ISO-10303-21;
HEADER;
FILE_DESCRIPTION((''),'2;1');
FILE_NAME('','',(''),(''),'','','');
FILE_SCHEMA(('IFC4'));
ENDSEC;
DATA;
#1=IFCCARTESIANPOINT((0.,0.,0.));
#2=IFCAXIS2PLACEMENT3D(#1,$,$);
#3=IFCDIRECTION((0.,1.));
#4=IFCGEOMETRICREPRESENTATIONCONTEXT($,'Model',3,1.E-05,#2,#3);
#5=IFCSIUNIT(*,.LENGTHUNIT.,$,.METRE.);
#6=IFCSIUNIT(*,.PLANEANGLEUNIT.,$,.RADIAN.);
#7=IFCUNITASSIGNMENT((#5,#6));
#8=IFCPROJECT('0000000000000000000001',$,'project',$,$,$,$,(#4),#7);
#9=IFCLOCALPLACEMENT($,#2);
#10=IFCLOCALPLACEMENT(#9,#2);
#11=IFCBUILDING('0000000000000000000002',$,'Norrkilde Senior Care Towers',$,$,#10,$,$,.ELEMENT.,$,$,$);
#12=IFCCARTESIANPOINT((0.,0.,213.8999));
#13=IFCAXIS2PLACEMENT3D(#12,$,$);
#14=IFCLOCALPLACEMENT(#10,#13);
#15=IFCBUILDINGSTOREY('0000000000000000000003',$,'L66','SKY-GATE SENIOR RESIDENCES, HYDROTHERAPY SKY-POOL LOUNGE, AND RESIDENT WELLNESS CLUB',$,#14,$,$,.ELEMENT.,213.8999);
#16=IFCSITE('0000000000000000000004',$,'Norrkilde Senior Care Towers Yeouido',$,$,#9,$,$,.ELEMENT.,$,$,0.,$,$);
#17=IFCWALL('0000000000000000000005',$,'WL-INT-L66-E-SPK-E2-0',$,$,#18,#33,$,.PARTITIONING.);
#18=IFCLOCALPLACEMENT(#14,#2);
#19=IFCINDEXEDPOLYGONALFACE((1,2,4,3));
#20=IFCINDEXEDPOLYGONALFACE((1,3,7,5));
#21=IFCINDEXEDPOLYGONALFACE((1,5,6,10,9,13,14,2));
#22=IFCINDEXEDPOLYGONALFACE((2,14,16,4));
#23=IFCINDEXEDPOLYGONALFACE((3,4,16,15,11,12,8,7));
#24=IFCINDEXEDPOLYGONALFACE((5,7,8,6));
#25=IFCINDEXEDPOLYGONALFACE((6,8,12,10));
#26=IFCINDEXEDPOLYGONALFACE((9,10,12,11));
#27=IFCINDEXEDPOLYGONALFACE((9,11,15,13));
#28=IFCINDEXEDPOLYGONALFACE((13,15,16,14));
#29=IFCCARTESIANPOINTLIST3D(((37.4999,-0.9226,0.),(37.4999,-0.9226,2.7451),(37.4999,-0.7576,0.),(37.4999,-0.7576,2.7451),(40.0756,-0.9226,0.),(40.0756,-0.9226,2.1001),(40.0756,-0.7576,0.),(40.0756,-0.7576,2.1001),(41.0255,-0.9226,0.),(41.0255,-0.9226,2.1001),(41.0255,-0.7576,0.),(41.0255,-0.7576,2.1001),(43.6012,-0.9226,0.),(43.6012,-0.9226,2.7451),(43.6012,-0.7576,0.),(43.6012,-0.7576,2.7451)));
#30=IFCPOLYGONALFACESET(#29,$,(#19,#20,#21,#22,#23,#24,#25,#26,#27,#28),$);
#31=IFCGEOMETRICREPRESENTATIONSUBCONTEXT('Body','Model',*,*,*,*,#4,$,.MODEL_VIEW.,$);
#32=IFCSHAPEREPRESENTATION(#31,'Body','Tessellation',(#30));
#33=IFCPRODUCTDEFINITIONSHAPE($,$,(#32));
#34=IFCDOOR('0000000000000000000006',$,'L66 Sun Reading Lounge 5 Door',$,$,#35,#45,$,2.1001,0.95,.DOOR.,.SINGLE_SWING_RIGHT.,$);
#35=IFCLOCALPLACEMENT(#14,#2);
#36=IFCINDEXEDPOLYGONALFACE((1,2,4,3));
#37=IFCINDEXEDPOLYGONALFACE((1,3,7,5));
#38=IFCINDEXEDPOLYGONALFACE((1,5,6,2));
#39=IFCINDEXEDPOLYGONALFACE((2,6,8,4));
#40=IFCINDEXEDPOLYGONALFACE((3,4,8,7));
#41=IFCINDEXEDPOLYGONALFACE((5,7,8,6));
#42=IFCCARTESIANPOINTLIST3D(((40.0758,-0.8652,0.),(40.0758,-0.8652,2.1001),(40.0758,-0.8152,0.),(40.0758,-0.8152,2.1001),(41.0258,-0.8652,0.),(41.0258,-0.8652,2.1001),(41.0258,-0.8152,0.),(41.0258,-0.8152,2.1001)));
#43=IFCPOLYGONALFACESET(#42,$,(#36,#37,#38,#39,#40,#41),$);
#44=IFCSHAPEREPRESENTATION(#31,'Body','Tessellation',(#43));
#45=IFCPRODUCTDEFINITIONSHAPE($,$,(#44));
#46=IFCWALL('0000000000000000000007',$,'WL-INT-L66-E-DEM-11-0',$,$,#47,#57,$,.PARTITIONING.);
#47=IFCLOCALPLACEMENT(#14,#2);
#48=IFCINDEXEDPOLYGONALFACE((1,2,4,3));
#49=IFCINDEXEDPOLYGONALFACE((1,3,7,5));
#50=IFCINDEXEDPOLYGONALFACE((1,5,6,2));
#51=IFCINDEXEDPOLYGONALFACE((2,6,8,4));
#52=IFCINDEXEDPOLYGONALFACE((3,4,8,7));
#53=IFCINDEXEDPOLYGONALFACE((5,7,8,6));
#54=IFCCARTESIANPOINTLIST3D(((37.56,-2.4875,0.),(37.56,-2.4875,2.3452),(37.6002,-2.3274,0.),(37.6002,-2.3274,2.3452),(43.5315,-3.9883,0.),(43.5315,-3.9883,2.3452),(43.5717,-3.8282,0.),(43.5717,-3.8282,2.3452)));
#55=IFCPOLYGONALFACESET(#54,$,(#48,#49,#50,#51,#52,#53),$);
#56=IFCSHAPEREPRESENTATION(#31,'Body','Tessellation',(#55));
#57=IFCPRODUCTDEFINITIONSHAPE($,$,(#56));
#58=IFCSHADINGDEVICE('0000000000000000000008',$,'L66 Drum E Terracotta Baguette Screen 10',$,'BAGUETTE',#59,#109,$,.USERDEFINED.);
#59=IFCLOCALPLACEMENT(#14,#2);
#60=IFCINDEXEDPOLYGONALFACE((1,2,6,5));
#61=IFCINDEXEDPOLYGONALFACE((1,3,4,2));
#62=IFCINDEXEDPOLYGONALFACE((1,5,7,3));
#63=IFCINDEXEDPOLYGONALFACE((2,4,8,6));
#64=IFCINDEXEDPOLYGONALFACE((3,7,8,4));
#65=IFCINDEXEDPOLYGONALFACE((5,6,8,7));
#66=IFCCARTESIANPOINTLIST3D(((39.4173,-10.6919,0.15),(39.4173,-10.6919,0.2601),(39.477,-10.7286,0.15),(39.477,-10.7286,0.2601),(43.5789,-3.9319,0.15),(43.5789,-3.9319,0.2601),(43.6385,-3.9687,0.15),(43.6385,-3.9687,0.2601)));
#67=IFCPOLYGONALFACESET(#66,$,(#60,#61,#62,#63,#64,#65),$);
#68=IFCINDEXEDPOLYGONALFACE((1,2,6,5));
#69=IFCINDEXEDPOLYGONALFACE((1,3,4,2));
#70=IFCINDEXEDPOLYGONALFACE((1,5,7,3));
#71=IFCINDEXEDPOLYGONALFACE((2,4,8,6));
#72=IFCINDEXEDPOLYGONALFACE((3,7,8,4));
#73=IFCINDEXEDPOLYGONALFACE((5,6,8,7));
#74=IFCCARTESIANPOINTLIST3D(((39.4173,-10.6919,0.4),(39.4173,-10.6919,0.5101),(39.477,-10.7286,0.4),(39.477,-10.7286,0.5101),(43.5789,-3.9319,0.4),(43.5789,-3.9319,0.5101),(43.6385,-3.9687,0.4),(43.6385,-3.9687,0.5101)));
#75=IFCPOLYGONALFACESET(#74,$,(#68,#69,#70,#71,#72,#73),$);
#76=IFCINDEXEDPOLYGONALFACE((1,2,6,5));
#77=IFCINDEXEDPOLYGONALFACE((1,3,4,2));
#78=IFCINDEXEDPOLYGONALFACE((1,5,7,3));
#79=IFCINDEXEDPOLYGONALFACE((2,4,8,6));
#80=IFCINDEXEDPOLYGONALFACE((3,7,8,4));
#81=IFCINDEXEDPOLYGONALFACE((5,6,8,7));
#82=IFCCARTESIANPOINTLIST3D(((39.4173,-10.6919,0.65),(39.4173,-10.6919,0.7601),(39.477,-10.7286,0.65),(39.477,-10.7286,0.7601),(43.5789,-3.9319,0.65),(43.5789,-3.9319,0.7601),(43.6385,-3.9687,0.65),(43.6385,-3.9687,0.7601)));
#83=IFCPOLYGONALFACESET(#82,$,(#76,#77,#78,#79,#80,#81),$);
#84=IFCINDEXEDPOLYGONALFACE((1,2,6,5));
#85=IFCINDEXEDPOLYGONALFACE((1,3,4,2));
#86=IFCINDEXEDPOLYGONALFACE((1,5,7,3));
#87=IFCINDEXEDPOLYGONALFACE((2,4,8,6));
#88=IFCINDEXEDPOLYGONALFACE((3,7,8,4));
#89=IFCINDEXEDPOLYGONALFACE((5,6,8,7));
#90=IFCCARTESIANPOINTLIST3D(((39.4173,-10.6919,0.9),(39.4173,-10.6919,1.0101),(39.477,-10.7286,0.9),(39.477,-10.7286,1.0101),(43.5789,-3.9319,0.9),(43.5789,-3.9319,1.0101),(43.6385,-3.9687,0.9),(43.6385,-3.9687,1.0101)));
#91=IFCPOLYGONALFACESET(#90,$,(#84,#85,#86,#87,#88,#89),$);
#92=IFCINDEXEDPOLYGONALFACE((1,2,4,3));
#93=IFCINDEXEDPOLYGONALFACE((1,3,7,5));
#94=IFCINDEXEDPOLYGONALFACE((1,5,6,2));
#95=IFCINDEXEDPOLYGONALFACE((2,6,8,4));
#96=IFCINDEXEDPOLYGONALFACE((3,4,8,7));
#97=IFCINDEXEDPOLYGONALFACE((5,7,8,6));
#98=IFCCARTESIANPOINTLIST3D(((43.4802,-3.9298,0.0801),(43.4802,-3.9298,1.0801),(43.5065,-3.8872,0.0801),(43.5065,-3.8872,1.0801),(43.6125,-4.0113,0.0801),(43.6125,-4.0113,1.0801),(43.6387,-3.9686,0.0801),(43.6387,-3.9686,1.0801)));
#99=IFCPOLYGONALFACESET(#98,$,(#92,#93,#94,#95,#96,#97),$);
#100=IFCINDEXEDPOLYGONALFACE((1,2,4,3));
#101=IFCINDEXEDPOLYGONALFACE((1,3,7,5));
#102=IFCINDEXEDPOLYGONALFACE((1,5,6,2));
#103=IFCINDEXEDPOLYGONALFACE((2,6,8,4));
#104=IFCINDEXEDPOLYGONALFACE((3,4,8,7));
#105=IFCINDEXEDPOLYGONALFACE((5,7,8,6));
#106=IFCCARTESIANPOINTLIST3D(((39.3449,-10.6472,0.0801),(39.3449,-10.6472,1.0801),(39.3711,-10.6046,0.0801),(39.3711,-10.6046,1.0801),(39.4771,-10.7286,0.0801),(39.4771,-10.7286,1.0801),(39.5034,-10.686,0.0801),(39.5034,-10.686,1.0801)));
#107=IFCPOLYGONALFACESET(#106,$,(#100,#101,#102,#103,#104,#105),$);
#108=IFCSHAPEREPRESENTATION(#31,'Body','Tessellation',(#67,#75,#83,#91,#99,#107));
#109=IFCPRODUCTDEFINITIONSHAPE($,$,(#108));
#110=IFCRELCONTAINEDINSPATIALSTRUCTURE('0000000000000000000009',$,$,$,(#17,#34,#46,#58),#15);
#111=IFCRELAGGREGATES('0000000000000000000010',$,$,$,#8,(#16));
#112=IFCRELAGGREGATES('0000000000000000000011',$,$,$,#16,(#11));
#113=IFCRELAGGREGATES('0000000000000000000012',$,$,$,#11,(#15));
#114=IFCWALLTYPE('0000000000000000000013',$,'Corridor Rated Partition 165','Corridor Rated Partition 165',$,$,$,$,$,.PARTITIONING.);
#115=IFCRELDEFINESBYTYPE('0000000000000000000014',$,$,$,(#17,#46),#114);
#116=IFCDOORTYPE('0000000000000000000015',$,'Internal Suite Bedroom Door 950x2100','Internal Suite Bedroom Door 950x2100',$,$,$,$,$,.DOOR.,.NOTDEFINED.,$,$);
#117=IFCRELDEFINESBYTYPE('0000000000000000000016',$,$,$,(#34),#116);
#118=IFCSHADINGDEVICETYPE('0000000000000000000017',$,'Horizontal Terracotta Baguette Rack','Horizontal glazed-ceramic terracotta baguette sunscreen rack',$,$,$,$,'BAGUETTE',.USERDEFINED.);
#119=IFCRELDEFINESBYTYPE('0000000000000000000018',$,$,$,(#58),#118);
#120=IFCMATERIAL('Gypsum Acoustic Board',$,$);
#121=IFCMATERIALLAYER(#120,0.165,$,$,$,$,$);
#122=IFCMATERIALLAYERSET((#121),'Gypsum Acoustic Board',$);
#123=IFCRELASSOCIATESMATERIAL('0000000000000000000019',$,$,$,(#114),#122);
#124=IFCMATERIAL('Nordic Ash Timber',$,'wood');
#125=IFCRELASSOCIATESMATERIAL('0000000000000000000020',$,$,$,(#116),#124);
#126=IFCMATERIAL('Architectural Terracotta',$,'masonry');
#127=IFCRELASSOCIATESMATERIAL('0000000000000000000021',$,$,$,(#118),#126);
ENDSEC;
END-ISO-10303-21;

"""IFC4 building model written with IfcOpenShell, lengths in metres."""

from ifc_helpers import new_model, si_unit, direction, frame, frame_2d, origin, origin_2d, place, context, subcontext, project, spatial, rectangle, extrude, source, transform, mapped, material, layer, layer_set, type_object, type_shapes, element, fill, save


model = new_model("IFC4")

# Units and contexts
model_context = context("Model", 3, precision=1e-05, world=origin(), true_north=direction((0.0, 1.0)))
body_context = subcontext(model_context, "Body", "Model", "MODEL_VIEW")
ifc_project = project(units=[si_unit("LENGTHUNIT", "METRE"), si_unit("PLANEANGLEUNIT", "RADIAN")], contexts=[model_context])

# Site, building, storey
site_placement = place(None, origin())
site = spatial("IfcSite", under=ifc_project, at=site_placement, Name="Norrkilde Senior Care Towers Yeouido", CompositionType="ELEMENT", RefElevation=0.0)
building_placement = place(site_placement, origin())
building = spatial("IfcBuilding", under=site, at=building_placement, Name="Norrkilde Senior Care Towers", CompositionType="ELEMENT")
storey_placement = place(building_placement, frame((0.0, 0.0, 213.8999)))
storey = spatial("IfcBuildingStorey", under=building, at=storey_placement, Name="L66", Description="SKY-GATE SENIOR RESIDENCES, HYDROTHERAPY SKY-POOL LOUNGE, AND RESIDENT WELLNESS CLUB", CompositionType="ELEMENT", Elevation=213.8999)

# Wall, opening, door
ifc_material_1 = material(Name="Gypsum Acoustic Board")
ifc_layer_1 = layer(ifc_material_1, 0.165)
ifc_layer_set_1 = layer_set([ifc_layer_1], Name="Gypsum Acoustic Board")
wall_type_1 = type_object("IfcWallType", Name="Corridor Rated Partition 165", Description="Corridor Rated Partition 165", PredefinedType="PARTITIONING", material=ifc_layer_set_1)
ifc_material_2 = material(Name="Nordic Ash Timber", Category="wood")
shared_shape_1 = source(origin(), body_context, "Body", "SweptSolid", [
    extrude(rectangle(XDim=6.1013, YDim=0.165, at=frame_2d((3.0508, 0.0))), origin(), (0.0, 0.0, 1.0), 2.7451),
])
wall_1_placement = place(storey_placement, frame((43.6013, -0.8401, 0.0), z_axis=(0.0, 0.0, 1.0), x_axis=(-1.0, 0.0, 0.0)))
wall_1 = element("IfcWall", 1, at=wall_1_placement, inside=storey, type_object=wall_type_1, Name="WL-INT-L66-E-SPK-E2-0", PredefinedType="PARTITIONING", context=body_context, shape_type="MappedRepresentation", body=[
    mapped(shared_shape_1, transform((0.0, 0.0, 0.0), x_axis=(1.0, 0.0, 0.0), y_axis=(0.0, 1.0, 0.0), z_axis=(0.0, 0.0, 1.0), scale=1.0)),
])
opening_1_placement = place(wall_1_placement, frame((2.5757, 0.0, 0.0)))
opening_1 = element("IfcOpeningElement", 2, at=opening_1_placement, cuts=wall_1, PredefinedType="OPENING", context=body_context, shape_type="SweptSolid", body=[
    extrude(rectangle(XDim=0.95, YDim=2.1001, at=frame_2d((0.4751, 1.05))), frame((0.0, 0.0925, 0.0), z_axis=(0.0, -1.0, 0.0), x_axis=(1.0, 0.0, 0.0)), (0.0, 0.0, 1.0), 0.1851),
])
door_type_1 = type_object("IfcDoorType", Name="Internal Suite Bedroom Door 950x2100", Description="Internal Suite Bedroom Door 950x2100", OperationType="NOTDEFINED", PredefinedType="DOOR", material=ifc_material_2)
shared_shape_2 = source(origin(), body_context, "Body", "SweptSolid", [
    extrude(rectangle(XDim=0.95, YDim=2.1001, at=frame_2d((0.4751, 1.05))), frame((0.0, 0.0249, 0.0), z_axis=(0.0, -1.0, 0.0), x_axis=(1.0, 0.0, 0.0)), (0.0, 0.0, 1.0), 0.05),
])
type_shapes(door_type_1, [shared_shape_2])
door_1_placement = place(opening_1_placement, frame((0.95, 0.0, 0.0), z_axis=(0.0, 0.0, 1.0), x_axis=(-1.0, 0.0, 0.0)))
door_1 = element("IfcDoor", 3, at=door_1_placement, inside=storey, type_object=door_type_1, Name="L66 Sun Reading Lounge 5 Door", OperationType="SINGLE_SWING_RIGHT", OverallHeight=2.1001, OverallWidth=0.95, PredefinedType="DOOR", context=body_context, shape_type="MappedRepresentation", body=[
    mapped(shared_shape_2, transform((0.0, 0.0, 0.0), x_axis=(1.0, 0.0, 0.0), y_axis=(0.0, 1.0, 0.0), z_axis=(0.0, 0.0, 1.0), scale=1.0)),
])
fill(opening_1, door_1)

# Wall
shared_shape_3 = source(origin(), body_context, "Body", "SweptSolid", [
    extrude(rectangle(XDim=6.1572, YDim=0.165, at=frame_2d((3.0786, 0.0))), origin(), (0.0, 0.0, 1.0), 2.3452),
])
wall_2_placement = place(storey_placement, frame((37.5801, -2.4075, 0.0), z_axis=(0.0, 0.0, 1.0), x_axis=(0.969841, -0.243739, 0.0)))
element("IfcWall", 4, at=wall_2_placement, inside=storey, type_object=wall_type_1, Name="WL-INT-L66-E-DEM-11-0", PredefinedType="PARTITIONING", context=body_context, shape_type="MappedRepresentation", body=[
    mapped(shared_shape_3, transform((0.0, 0.0, 0.0), x_axis=(1.0, 0.0, 0.0), y_axis=(0.0, 1.0, 0.0), z_axis=(0.0, 0.0, 1.0), scale=1.0)),
])

# Shading device
ifc_material_3 = material(Name="Architectural Terracotta", Category="masonry")
shading_device_type = type_object("IfcShadingDeviceType", Name="Horizontal Terracotta Baguette Rack", Description="Horizontal glazed-ceramic terracotta baguette sunscreen rack", ElementType="BAGUETTE", PredefinedType="USERDEFINED", material=ifc_material_3)
shared_shape_4 = source(origin(), body_context, "Body", "SweptSolid", [
    extrude(rectangle(XDim=0.0701, YDim=0.1101, at=origin_2d()), frame((0.0, 0.0901, 0.125), z_axis=(1.0, 0.0, 0.0), x_axis=(0.0, 1.0, 0.0)), (0.0, 0.0, 1.0), 7.9382),
    extrude(rectangle(XDim=0.0701, YDim=0.1101, at=origin_2d()), frame((0.0, 0.0901, 0.375), z_axis=(1.0, 0.0, 0.0), x_axis=(0.0, 1.0, 0.0)), (0.0, 0.0, 1.0), 7.9382),
    extrude(rectangle(XDim=0.0701, YDim=0.1101, at=origin_2d()), frame((0.0, 0.0901, 0.625), z_axis=(1.0, 0.0, 0.0), x_axis=(0.0, 1.0, 0.0)), (0.0, 0.0, 1.0), 7.9382),
    extrude(rectangle(XDim=0.0701, YDim=0.1101, at=origin_2d()), frame((0.0, 0.0901, 0.875), z_axis=(1.0, 0.0, 0.0), x_axis=(0.0, 1.0, 0.0)), (0.0, 0.0, 1.0), 7.9382),
    extrude(rectangle(XDim=0.05, YDim=0.1553, at=origin_2d()), frame((0.0249, 0.0476, 0.0)), (0.0, 0.0, 1.0), 1.0),
    extrude(rectangle(XDim=0.05, YDim=0.1553, at=origin_2d()), frame((7.9131, 0.0476, 0.0)), (0.0, 0.0, 1.0), 1.0),
])
type_shapes(shading_device_type, [shared_shape_4])
shading_device_placement = place(storey_placement, frame((43.532, -3.9031, 0.0801), z_axis=(0.0, 0.0, 1.0), x_axis=(-0.52425, -0.851576, 0.0)))
element("IfcShadingDevice", 5, at=shading_device_placement, inside=storey, type_object=shading_device_type, Name="L66 Drum E Terracotta Baguette Screen 10", ObjectType="BAGUETTE", PredefinedType="USERDEFINED", context=body_context, shape_type="MappedRepresentation", body=[
    mapped(shared_shape_4, transform((0.0, 0.0, 0.0), x_axis=(1.0, 0.0, 0.0), y_axis=(0.0, 1.0, 0.0), z_axis=(0.0, 0.0, 1.0), scale=1.0)),
])

save(model, "model.ifc")
